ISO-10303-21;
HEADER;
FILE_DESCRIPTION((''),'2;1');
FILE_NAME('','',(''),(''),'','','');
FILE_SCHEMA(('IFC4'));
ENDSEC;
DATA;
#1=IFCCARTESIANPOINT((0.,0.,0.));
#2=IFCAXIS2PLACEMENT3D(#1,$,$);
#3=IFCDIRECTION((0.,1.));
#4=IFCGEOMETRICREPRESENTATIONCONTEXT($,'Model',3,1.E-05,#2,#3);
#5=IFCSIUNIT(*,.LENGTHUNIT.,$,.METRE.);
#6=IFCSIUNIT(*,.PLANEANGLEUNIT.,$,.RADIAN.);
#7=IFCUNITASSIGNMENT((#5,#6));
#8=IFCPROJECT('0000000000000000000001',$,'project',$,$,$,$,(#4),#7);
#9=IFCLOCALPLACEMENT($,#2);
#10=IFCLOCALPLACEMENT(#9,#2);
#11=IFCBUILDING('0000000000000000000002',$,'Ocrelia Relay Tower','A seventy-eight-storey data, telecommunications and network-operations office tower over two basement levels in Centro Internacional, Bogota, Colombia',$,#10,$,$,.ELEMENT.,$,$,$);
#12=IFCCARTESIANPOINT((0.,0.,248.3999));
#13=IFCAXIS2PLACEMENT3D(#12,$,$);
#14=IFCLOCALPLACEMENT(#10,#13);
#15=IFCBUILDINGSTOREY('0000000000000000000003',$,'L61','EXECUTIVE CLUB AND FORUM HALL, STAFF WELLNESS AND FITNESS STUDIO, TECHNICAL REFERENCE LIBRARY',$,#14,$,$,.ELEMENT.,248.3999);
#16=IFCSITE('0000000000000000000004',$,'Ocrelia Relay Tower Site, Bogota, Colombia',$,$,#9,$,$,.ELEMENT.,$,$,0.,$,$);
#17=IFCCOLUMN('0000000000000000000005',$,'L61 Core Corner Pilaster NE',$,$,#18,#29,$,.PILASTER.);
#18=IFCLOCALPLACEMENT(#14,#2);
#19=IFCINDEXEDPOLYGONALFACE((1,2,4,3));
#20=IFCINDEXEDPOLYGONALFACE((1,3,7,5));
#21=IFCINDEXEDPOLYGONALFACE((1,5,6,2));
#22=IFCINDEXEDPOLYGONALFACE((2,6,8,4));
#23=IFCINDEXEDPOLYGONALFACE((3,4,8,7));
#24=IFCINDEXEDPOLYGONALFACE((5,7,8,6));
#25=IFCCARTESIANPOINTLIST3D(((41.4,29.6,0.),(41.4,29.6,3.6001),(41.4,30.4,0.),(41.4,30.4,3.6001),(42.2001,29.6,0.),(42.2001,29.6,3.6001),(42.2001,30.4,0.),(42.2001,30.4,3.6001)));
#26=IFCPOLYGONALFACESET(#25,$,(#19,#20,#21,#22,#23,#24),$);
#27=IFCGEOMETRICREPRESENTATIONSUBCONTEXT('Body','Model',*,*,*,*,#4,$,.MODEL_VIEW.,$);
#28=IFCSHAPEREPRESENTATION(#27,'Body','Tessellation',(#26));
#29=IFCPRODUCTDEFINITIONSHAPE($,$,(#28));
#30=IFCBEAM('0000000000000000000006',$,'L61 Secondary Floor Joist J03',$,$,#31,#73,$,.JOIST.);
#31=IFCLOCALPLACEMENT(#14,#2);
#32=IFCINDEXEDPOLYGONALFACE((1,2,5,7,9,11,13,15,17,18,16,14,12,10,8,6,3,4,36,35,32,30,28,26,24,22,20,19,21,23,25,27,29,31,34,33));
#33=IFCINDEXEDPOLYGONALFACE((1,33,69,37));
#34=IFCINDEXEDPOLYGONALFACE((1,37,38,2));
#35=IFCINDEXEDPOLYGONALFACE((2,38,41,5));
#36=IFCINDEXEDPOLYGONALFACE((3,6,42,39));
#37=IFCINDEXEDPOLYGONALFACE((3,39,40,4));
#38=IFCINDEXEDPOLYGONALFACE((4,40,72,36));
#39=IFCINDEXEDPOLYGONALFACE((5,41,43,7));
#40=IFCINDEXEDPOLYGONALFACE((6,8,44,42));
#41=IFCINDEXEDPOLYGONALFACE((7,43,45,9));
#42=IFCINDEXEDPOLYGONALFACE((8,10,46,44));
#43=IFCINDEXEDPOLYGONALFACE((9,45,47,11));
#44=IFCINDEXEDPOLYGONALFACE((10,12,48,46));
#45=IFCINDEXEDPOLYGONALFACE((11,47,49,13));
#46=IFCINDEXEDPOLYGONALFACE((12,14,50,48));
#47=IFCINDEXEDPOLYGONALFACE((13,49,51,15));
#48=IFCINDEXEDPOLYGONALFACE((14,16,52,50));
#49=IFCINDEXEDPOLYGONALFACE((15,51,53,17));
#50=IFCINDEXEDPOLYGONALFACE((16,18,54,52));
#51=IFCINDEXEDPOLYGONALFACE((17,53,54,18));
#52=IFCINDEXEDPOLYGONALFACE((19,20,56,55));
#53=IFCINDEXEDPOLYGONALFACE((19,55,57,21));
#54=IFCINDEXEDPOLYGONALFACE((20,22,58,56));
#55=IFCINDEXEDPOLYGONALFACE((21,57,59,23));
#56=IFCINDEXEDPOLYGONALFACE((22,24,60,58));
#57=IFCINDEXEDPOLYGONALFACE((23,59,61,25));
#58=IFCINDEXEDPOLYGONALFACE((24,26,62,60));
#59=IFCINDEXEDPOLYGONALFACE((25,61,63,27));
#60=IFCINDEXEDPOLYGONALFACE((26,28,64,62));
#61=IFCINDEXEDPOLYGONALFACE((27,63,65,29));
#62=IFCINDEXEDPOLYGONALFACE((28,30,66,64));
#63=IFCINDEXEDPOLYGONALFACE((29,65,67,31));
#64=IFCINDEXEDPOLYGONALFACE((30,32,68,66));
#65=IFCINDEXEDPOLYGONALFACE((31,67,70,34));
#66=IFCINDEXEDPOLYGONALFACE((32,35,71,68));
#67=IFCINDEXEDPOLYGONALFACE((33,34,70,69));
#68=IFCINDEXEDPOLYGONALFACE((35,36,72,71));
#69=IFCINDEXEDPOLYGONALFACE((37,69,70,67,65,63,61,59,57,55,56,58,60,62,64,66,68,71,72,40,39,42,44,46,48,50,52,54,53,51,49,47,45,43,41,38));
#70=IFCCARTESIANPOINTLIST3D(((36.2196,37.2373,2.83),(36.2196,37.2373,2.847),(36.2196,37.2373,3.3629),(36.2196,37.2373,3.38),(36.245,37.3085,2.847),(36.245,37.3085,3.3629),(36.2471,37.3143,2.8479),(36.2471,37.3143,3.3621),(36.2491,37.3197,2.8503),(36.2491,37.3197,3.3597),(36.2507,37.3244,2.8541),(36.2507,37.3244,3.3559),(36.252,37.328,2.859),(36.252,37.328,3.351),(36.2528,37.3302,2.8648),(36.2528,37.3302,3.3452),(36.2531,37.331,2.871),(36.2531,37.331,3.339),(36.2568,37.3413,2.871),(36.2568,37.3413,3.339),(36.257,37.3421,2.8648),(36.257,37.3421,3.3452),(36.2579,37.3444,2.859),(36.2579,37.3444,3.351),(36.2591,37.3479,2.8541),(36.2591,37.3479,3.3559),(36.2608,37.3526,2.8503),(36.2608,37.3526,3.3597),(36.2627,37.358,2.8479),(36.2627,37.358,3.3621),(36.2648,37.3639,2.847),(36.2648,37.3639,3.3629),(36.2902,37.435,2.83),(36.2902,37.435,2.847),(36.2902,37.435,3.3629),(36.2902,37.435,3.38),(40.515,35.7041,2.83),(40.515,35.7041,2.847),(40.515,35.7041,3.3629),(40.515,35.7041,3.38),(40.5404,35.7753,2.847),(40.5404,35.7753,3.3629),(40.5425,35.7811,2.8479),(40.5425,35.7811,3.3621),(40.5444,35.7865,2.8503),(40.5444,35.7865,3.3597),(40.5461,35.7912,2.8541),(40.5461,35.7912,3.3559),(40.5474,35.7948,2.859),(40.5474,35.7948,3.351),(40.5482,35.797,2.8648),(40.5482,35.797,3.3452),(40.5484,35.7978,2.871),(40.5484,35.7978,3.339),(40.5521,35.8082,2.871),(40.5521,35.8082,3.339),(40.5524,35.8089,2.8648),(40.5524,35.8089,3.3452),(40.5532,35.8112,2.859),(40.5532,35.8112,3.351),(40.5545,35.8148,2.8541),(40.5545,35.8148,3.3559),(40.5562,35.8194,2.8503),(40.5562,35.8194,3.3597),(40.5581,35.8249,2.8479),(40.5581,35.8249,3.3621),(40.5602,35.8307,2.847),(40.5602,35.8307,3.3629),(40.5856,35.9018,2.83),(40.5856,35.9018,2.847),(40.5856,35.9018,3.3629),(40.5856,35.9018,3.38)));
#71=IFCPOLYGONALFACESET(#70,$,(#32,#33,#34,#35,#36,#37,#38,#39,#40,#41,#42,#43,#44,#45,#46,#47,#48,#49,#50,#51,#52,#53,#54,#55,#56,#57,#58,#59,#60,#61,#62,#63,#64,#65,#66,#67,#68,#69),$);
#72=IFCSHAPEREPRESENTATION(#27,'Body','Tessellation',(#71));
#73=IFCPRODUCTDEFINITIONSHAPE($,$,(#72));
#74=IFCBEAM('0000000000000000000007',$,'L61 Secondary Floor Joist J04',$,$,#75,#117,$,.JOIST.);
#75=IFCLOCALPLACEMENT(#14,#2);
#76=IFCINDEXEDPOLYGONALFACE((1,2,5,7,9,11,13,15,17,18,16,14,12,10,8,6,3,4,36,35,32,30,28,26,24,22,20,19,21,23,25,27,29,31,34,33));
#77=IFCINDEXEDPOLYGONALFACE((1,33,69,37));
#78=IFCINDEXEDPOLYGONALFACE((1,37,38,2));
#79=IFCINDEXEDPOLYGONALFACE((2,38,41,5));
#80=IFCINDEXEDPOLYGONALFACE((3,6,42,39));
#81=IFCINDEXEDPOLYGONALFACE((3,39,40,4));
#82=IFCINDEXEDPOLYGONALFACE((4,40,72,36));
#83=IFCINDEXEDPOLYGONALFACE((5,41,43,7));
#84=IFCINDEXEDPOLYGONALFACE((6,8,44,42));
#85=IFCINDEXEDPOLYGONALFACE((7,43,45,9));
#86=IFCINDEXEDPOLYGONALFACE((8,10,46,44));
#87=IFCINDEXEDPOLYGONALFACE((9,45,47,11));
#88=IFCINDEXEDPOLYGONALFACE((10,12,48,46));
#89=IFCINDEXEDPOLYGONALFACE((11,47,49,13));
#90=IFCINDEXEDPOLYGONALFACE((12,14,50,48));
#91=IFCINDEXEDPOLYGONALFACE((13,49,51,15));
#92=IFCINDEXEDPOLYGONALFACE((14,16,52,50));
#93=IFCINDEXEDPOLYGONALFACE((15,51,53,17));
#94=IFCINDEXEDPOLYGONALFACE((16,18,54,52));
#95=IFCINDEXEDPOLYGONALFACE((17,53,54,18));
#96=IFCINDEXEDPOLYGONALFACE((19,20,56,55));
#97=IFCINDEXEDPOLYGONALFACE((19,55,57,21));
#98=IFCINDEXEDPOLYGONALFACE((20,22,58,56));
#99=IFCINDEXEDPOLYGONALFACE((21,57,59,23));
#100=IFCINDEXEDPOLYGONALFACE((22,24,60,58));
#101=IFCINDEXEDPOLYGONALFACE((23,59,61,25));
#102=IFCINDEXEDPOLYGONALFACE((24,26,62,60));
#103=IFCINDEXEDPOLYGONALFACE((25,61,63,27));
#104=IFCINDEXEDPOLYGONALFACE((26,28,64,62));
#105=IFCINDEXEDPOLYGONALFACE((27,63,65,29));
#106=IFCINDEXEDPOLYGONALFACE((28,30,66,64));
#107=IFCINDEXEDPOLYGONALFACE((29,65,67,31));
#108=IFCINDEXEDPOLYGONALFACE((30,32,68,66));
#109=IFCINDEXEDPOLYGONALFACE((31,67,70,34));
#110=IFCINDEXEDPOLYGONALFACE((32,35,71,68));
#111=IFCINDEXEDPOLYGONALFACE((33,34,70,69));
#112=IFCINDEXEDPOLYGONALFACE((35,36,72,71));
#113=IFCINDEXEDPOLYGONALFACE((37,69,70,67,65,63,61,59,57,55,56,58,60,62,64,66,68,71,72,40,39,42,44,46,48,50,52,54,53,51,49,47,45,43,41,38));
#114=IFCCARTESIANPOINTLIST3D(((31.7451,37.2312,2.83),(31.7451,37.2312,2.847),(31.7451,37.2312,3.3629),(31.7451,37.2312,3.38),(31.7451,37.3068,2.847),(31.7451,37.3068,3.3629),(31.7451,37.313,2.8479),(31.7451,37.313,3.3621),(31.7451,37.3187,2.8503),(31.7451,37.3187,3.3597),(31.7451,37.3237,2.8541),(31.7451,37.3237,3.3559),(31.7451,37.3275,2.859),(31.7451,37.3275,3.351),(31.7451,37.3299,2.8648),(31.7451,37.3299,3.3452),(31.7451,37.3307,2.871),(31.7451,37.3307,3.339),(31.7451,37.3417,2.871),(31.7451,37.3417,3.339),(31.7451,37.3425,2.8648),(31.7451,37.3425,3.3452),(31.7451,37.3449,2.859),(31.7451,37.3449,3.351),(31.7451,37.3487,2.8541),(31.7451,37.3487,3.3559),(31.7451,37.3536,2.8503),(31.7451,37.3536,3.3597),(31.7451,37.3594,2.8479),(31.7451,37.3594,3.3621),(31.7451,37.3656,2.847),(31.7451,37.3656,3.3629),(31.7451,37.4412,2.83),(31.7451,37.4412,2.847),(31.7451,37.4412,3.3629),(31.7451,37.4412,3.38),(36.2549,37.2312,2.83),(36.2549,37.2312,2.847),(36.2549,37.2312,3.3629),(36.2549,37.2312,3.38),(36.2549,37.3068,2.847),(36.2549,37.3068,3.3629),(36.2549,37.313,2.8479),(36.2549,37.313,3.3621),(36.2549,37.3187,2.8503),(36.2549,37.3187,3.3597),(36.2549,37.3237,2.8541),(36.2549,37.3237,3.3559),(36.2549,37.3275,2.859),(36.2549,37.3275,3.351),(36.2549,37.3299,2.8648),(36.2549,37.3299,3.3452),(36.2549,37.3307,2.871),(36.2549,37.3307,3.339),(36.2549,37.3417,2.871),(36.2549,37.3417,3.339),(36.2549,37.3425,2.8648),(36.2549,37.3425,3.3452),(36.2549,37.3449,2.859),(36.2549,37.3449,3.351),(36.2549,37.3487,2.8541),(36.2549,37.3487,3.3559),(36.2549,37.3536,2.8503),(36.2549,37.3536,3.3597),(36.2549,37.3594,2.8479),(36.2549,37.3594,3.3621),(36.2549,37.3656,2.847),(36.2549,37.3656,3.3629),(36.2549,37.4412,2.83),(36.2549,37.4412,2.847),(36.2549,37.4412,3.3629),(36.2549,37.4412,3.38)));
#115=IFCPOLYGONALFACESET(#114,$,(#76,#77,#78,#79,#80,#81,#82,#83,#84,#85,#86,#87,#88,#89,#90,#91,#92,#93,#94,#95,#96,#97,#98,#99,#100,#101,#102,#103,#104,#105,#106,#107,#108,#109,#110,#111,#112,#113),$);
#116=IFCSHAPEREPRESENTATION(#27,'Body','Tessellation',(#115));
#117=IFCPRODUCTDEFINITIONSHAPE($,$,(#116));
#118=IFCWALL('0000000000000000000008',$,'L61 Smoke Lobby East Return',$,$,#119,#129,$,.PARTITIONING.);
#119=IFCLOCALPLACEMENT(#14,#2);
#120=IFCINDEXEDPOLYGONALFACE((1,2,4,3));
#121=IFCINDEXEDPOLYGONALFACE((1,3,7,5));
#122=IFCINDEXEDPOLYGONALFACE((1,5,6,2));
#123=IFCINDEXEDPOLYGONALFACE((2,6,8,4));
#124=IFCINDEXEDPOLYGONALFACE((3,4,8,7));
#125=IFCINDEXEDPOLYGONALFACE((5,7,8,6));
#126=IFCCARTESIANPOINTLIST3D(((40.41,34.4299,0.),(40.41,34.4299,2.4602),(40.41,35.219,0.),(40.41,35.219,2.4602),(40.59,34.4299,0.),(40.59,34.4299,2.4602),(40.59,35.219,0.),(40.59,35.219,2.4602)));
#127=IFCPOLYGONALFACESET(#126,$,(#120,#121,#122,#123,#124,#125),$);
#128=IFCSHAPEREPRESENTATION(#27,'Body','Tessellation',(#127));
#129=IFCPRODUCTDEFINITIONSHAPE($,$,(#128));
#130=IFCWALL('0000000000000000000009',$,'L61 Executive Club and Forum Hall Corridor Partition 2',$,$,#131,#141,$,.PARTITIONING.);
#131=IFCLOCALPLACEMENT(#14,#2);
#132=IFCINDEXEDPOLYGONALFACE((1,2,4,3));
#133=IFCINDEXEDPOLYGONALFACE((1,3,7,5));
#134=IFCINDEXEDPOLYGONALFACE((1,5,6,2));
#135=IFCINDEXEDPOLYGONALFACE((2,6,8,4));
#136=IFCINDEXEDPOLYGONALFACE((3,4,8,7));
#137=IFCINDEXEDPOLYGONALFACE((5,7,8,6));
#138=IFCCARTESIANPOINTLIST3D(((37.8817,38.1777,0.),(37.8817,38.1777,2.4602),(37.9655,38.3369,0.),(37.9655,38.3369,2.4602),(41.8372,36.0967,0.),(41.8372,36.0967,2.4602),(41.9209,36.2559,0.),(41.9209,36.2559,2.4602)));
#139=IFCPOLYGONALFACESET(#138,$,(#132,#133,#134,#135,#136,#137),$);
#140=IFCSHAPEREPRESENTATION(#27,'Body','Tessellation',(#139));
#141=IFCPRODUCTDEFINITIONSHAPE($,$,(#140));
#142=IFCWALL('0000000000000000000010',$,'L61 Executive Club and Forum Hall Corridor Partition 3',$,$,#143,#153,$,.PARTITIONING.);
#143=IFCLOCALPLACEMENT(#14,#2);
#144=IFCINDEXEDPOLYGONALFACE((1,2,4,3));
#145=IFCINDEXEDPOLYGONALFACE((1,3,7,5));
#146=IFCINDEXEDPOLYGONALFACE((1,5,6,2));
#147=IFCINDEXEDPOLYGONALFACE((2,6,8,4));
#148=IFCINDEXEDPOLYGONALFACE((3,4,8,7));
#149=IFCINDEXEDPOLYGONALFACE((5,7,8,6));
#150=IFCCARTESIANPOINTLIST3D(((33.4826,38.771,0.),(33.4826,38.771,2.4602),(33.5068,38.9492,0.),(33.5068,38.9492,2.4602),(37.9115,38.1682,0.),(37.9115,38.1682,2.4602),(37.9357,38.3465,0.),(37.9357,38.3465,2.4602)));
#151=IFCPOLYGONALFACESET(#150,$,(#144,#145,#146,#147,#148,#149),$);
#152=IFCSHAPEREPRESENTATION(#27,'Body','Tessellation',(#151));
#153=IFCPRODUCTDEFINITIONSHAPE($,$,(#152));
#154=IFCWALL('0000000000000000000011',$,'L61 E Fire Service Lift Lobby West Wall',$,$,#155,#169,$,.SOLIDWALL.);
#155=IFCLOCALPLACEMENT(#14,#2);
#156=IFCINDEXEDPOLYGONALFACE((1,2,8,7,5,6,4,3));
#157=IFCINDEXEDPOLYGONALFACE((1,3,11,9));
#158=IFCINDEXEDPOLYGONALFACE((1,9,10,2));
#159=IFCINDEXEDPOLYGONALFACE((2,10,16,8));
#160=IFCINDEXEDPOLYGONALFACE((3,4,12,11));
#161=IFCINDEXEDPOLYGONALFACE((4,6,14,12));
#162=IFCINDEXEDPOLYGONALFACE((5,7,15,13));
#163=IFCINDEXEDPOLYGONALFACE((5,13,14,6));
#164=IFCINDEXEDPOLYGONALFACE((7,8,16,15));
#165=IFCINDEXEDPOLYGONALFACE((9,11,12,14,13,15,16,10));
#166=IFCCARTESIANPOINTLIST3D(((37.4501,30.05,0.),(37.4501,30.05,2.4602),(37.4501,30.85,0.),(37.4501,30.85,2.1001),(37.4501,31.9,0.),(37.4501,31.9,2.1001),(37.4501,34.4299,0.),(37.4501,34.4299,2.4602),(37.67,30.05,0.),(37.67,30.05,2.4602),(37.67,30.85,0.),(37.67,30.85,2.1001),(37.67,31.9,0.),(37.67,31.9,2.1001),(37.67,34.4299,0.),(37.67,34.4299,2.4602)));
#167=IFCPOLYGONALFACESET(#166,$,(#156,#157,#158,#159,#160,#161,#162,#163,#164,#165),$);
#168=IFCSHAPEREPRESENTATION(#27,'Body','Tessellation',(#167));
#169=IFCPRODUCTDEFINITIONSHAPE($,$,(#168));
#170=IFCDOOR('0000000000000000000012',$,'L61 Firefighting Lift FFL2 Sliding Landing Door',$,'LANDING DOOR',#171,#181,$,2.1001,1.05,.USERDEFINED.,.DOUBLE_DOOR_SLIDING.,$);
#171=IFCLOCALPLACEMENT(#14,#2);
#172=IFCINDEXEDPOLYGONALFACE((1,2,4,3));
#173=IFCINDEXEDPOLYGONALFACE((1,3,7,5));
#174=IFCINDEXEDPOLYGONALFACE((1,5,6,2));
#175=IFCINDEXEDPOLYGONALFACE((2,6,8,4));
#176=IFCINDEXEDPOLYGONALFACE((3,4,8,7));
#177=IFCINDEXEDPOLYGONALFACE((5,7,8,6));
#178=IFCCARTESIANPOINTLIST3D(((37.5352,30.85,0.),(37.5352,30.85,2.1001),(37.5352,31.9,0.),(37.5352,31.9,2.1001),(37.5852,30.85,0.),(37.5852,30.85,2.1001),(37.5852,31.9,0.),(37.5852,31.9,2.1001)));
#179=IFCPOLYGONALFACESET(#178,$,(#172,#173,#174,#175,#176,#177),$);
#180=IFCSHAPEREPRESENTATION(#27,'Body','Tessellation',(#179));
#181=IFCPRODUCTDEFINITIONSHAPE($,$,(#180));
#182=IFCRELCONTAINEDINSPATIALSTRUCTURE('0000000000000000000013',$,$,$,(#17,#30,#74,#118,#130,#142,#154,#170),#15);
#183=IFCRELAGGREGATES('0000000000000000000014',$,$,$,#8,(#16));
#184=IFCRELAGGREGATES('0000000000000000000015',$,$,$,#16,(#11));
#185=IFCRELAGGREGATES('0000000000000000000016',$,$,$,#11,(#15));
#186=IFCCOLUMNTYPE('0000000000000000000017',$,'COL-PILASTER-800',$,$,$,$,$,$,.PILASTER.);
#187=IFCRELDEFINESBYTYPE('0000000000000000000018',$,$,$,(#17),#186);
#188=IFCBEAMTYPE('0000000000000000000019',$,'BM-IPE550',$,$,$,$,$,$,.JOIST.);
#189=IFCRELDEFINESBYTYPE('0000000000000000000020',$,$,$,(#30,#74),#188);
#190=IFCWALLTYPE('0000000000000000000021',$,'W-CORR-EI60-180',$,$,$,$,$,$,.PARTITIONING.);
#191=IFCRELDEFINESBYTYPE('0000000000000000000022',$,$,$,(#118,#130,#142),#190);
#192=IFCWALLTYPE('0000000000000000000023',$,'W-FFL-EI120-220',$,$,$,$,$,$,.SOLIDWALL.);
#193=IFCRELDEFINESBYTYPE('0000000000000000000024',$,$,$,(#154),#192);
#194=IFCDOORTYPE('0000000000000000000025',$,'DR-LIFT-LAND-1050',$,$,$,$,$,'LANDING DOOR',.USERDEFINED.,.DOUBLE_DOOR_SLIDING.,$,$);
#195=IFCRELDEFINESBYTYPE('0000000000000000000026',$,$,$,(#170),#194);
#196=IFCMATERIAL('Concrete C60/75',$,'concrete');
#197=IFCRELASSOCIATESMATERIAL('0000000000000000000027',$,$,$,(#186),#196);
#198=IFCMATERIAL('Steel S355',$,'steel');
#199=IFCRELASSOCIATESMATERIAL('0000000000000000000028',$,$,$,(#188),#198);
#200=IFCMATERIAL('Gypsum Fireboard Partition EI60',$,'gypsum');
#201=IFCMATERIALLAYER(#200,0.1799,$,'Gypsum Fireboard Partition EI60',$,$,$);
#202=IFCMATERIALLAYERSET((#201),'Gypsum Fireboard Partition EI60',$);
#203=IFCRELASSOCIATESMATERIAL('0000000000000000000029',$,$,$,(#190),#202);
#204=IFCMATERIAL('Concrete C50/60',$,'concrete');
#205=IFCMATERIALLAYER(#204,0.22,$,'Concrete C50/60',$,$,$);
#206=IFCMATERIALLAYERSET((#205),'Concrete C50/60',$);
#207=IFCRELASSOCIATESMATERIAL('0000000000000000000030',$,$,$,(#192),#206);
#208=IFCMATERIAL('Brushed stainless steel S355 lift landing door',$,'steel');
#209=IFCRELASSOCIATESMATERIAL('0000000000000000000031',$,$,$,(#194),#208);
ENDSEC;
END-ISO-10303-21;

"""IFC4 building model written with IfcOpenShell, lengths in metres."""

from ifc_helpers import new_model, si_unit, direction, frame, frame_2d, origin, origin_2d, place, context, subcontext, project, spatial, rectangle, i_section, extrude, material, layer, layer_set, material_profile, profile_set, type_object, element, fill, save


model = new_model("IFC4")

# Units and contexts
model_context = context("Model", 3, precision=1e-05, world=origin(), true_north=direction((0.0, 1.0)))
body_context = subcontext(model_context, "Body", "Model", "MODEL_VIEW")
ifc_project = project(units=[si_unit("LENGTHUNIT", "METRE"), si_unit("PLANEANGLEUNIT", "RADIAN")], contexts=[model_context])

# Site, building, storey
site_placement = place(None, origin())
site = spatial("IfcSite", under=ifc_project, at=site_placement, Name="Ocrelia Relay Tower Site, Bogota, Colombia", CompositionType="ELEMENT", RefElevation=0.0)
building_placement = place(site_placement, origin())
building = spatial("IfcBuilding", under=site, at=building_placement, Name="Ocrelia Relay Tower", Description="A seventy-eight-storey data, telecommunications and network-operations office tower over two basement levels in Centro Internacional, Bogota, Colombia", CompositionType="ELEMENT")
storey_placement = place(building_placement, frame((0.0, 0.0, 248.3999)))
storey = spatial("IfcBuildingStorey", under=building, at=storey_placement, Name="L61", Description="EXECUTIVE CLUB AND FORUM HALL, STAFF WELLNESS AND FITNESS STUDIO, TECHNICAL REFERENCE LIBRARY", CompositionType="ELEMENT", Elevation=248.3999)

# Column
ifc_material_1 = material(Name="Concrete C60/75", Category="concrete")
ifc_material_profile_1 = material_profile(ifc_material_1, rectangle(XDim=0.8, YDim=0.8, at=origin_2d()), Name="RC-COL-800x800")
ifc_profile_set_1 = profile_set([ifc_material_profile_1], Name="Concrete C60/75")
column_type = type_object("IfcColumnType", Name="COL-PILASTER-800", PredefinedType="PILASTER", material=ifc_profile_set_1)
column_placement = place(storey_placement, frame((41.8, 30.0, 0.0), z_axis=(0.0, 0.0, 1.0), x_axis=(1.0, 0.0, 0.0)))
element("IfcColumn", 1, at=column_placement, inside=storey, type_object=column_type, Name="L61 Core Corner Pilaster NE", PredefinedType="PILASTER", context=body_context, shape_type="SweptSolid", body=[
    extrude(rectangle(XDim=0.8, YDim=0.8, at=origin_2d()), origin(), (0.0, 0.0, 1.0), 3.6001),
])

# Beams
ifc_material_2 = material(Name="Steel S355", Category="steel")
ifc_material_profile_2 = material_profile(ifc_material_2, i_section(OverallWidth=0.21, OverallDepth=0.55, WebThickness=0.011, FlangeThickness=0.0171, FilletRadius=0.0239, at=origin_2d()), Name="IPE 550")
ifc_profile_set_2 = profile_set([ifc_material_profile_2], Name="Steel S355")
beam_type = type_object("IfcBeamType", Name="BM-IPE550", PredefinedType="JOIST", material=ifc_profile_set_2)
beam_1_placement = place(storey_placement, frame((40.5503, 35.803, 3.105), z_axis=(-0.941802, 0.336167, 0.0), x_axis=(-0.336167, -0.941802, 0.0)))
element("IfcBeam", 2, at=beam_1_placement, inside=storey, type_object=beam_type, Name="L61 Secondary Floor Joist J03", PredefinedType="JOIST", context=body_context, shape_type="SweptSolid", body=[
    extrude(i_section(OverallWidth=0.21, OverallDepth=0.55, WebThickness=0.011, FlangeThickness=0.0171, FilletRadius=0.0239, at=origin_2d()), origin(), (0.0, 0.0, 1.0), 4.5608),
])
beam_2_placement = place(storey_placement, frame((36.2549, 37.3362, 3.105), z_axis=(-1.0, 0.0, 0.0), x_axis=(0.0, -1.0, 0.0)))
element("IfcBeam", 3, at=beam_2_placement, inside=storey, type_object=beam_type, Name="L61 Secondary Floor Joist J04", PredefinedType="JOIST", context=body_context, shape_type="SweptSolid", body=[
    extrude(i_section(OverallWidth=0.21, OverallDepth=0.55, WebThickness=0.011, FlangeThickness=0.0171, FilletRadius=0.0239, at=origin_2d()), origin(), (0.0, 0.0, 1.0), 4.5098),
])

# Wall
ifc_material_3 = material(Name="Gypsum Fireboard Partition EI60", Category="gypsum")
ifc_layer_1 = layer(ifc_material_3, 0.1799, Name="Gypsum Fireboard Partition EI60")
ifc_layer_set_1 = layer_set([ifc_layer_1], Name="Gypsum Fireboard Partition EI60")
wall_type_1 = type_object("IfcWallType", Name="W-CORR-EI60-180", PredefinedType="PARTITIONING", material=ifc_layer_set_1)
wall_1_placement = place(storey_placement, frame((40.5, 35.219, 0.0), z_axis=(0.0, 0.0, 1.0), x_axis=(0.0, -1.0, 0.0)))
element("IfcWall", 4, at=wall_1_placement, inside=storey, type_object=wall_type_1, Name="L61 Smoke Lobby East Return", PredefinedType="PARTITIONING", context=body_context, shape_type="SweptSolid", body=[
    extrude(rectangle(XDim=0.7891, YDim=0.1799, at=frame_2d((0.3945, 0.0))), origin(), (0.0, 0.0, 1.0), 2.4602),
])

# Walls
wall_2_placement = place(storey_placement, frame((41.8792, 36.1763, 0.0), z_axis=(0.0, 0.0, 1.0), x_axis=(-0.884994, 0.465602, 0.0)))
element("IfcWall", 5, at=wall_2_placement, inside=storey, type_object=wall_type_1, Name="L61 Executive Club and Forum Hall Corridor Partition 2", PredefinedType="PARTITIONING", context=body_context, shape_type="SweptSolid", body=[
    extrude(rectangle(XDim=4.4695, YDim=0.1799, at=frame_2d((2.2349, 0.0))), origin(), (0.0, 0.0, 1.0), 2.4602),
])
wall_3_placement = place(storey_placement, frame((37.9236, 38.2573, 0.0), z_axis=(0.0, 0.0, 1.0), x_axis=(-0.990865, 0.134857, 0.0)))
element("IfcWall", 6, at=wall_3_placement, inside=storey, type_object=wall_type_1, Name="L61 Executive Club and Forum Hall Corridor Partition 3", PredefinedType="PARTITIONING", context=body_context, shape_type="SweptSolid", body=[
    extrude(rectangle(XDim=4.4697, YDim=0.1799, at=frame_2d((2.2349, 0.0))), origin(), (0.0, 0.0, 1.0), 2.4602),
])

# Wall, opening, door
ifc_material_4 = material(Name="Concrete C50/60", Category="concrete")
ifc_layer_2 = layer(ifc_material_4, 0.22, Name="Concrete C50/60")
ifc_layer_set_2 = layer_set([ifc_layer_2], Name="Concrete C50/60")
wall_type_2 = type_object("IfcWallType", Name="W-FFL-EI120-220", PredefinedType="SOLIDWALL", material=ifc_layer_set_2)
wall_4_placement = place(storey_placement, frame((37.5601, 30.05, 0.0), z_axis=(0.0, 0.0, 1.0), x_axis=(0.0, 1.0, 0.0)))
wall_4 = element("IfcWall", 7, at=wall_4_placement, inside=storey, type_object=wall_type_2, Name="L61 E Fire Service Lift Lobby West Wall", PredefinedType="SOLIDWALL", context=body_context, shape_type="SweptSolid", body=[
    extrude(rectangle(XDim=4.3799, YDim=0.22, at=frame_2d((2.1899, 0.0))), origin(), (0.0, 0.0, 1.0), 2.4602),
])
opening_1_placement = place(wall_4_placement, frame((0.8, 0.0, 0.0)))
opening_1 = element("IfcOpeningElement", 8, at=opening_1_placement, cuts=wall_4, PredefinedType="OPENING", context=body_context, shape_type="SweptSolid", body=[
    extrude(rectangle(XDim=1.05, YDim=2.1001, at=frame_2d((0.5249, 1.05))), frame((0.0, 0.1201, 0.0), z_axis=(0.0, -1.0, 0.0), x_axis=(1.0, 0.0, 0.0)), (0.0, 0.0, 1.0), 0.24),
])
ifc_material_5 = material(Name="Brushed stainless steel S355 lift landing door", Category="steel")
door_type_1 = type_object("IfcDoorType", Name="DR-LIFT-LAND-1050", ElementType="LANDING DOOR", OperationType="DOUBLE_DOOR_SLIDING", PredefinedType="USERDEFINED", material=ifc_material_5)
door_1_placement = place(opening_1_placement, origin())
door_1 = element("IfcDoor", 9, at=door_1_placement, inside=storey, type_object=door_type_1, Name="L61 Firefighting Lift FFL2 Sliding Landing Door", ObjectType="LANDING DOOR", OperationType="DOUBLE_DOOR_SLIDING", OverallHeight=2.1001, OverallWidth=1.05, PredefinedType="USERDEFINED", context=body_context, shape_type="SweptSolid", body=[
    extrude(rectangle(XDim=1.05, YDim=2.1001, at=frame_2d((0.5249, 1.05))), frame((0.0, 0.0249, 0.0), z_axis=(0.0, -1.0, 0.0), x_axis=(1.0, 0.0, 0.0)), (0.0, 0.0, 1.0), 0.05),
])
fill(opening_1, door_1)

save(model, "model.ifc")
